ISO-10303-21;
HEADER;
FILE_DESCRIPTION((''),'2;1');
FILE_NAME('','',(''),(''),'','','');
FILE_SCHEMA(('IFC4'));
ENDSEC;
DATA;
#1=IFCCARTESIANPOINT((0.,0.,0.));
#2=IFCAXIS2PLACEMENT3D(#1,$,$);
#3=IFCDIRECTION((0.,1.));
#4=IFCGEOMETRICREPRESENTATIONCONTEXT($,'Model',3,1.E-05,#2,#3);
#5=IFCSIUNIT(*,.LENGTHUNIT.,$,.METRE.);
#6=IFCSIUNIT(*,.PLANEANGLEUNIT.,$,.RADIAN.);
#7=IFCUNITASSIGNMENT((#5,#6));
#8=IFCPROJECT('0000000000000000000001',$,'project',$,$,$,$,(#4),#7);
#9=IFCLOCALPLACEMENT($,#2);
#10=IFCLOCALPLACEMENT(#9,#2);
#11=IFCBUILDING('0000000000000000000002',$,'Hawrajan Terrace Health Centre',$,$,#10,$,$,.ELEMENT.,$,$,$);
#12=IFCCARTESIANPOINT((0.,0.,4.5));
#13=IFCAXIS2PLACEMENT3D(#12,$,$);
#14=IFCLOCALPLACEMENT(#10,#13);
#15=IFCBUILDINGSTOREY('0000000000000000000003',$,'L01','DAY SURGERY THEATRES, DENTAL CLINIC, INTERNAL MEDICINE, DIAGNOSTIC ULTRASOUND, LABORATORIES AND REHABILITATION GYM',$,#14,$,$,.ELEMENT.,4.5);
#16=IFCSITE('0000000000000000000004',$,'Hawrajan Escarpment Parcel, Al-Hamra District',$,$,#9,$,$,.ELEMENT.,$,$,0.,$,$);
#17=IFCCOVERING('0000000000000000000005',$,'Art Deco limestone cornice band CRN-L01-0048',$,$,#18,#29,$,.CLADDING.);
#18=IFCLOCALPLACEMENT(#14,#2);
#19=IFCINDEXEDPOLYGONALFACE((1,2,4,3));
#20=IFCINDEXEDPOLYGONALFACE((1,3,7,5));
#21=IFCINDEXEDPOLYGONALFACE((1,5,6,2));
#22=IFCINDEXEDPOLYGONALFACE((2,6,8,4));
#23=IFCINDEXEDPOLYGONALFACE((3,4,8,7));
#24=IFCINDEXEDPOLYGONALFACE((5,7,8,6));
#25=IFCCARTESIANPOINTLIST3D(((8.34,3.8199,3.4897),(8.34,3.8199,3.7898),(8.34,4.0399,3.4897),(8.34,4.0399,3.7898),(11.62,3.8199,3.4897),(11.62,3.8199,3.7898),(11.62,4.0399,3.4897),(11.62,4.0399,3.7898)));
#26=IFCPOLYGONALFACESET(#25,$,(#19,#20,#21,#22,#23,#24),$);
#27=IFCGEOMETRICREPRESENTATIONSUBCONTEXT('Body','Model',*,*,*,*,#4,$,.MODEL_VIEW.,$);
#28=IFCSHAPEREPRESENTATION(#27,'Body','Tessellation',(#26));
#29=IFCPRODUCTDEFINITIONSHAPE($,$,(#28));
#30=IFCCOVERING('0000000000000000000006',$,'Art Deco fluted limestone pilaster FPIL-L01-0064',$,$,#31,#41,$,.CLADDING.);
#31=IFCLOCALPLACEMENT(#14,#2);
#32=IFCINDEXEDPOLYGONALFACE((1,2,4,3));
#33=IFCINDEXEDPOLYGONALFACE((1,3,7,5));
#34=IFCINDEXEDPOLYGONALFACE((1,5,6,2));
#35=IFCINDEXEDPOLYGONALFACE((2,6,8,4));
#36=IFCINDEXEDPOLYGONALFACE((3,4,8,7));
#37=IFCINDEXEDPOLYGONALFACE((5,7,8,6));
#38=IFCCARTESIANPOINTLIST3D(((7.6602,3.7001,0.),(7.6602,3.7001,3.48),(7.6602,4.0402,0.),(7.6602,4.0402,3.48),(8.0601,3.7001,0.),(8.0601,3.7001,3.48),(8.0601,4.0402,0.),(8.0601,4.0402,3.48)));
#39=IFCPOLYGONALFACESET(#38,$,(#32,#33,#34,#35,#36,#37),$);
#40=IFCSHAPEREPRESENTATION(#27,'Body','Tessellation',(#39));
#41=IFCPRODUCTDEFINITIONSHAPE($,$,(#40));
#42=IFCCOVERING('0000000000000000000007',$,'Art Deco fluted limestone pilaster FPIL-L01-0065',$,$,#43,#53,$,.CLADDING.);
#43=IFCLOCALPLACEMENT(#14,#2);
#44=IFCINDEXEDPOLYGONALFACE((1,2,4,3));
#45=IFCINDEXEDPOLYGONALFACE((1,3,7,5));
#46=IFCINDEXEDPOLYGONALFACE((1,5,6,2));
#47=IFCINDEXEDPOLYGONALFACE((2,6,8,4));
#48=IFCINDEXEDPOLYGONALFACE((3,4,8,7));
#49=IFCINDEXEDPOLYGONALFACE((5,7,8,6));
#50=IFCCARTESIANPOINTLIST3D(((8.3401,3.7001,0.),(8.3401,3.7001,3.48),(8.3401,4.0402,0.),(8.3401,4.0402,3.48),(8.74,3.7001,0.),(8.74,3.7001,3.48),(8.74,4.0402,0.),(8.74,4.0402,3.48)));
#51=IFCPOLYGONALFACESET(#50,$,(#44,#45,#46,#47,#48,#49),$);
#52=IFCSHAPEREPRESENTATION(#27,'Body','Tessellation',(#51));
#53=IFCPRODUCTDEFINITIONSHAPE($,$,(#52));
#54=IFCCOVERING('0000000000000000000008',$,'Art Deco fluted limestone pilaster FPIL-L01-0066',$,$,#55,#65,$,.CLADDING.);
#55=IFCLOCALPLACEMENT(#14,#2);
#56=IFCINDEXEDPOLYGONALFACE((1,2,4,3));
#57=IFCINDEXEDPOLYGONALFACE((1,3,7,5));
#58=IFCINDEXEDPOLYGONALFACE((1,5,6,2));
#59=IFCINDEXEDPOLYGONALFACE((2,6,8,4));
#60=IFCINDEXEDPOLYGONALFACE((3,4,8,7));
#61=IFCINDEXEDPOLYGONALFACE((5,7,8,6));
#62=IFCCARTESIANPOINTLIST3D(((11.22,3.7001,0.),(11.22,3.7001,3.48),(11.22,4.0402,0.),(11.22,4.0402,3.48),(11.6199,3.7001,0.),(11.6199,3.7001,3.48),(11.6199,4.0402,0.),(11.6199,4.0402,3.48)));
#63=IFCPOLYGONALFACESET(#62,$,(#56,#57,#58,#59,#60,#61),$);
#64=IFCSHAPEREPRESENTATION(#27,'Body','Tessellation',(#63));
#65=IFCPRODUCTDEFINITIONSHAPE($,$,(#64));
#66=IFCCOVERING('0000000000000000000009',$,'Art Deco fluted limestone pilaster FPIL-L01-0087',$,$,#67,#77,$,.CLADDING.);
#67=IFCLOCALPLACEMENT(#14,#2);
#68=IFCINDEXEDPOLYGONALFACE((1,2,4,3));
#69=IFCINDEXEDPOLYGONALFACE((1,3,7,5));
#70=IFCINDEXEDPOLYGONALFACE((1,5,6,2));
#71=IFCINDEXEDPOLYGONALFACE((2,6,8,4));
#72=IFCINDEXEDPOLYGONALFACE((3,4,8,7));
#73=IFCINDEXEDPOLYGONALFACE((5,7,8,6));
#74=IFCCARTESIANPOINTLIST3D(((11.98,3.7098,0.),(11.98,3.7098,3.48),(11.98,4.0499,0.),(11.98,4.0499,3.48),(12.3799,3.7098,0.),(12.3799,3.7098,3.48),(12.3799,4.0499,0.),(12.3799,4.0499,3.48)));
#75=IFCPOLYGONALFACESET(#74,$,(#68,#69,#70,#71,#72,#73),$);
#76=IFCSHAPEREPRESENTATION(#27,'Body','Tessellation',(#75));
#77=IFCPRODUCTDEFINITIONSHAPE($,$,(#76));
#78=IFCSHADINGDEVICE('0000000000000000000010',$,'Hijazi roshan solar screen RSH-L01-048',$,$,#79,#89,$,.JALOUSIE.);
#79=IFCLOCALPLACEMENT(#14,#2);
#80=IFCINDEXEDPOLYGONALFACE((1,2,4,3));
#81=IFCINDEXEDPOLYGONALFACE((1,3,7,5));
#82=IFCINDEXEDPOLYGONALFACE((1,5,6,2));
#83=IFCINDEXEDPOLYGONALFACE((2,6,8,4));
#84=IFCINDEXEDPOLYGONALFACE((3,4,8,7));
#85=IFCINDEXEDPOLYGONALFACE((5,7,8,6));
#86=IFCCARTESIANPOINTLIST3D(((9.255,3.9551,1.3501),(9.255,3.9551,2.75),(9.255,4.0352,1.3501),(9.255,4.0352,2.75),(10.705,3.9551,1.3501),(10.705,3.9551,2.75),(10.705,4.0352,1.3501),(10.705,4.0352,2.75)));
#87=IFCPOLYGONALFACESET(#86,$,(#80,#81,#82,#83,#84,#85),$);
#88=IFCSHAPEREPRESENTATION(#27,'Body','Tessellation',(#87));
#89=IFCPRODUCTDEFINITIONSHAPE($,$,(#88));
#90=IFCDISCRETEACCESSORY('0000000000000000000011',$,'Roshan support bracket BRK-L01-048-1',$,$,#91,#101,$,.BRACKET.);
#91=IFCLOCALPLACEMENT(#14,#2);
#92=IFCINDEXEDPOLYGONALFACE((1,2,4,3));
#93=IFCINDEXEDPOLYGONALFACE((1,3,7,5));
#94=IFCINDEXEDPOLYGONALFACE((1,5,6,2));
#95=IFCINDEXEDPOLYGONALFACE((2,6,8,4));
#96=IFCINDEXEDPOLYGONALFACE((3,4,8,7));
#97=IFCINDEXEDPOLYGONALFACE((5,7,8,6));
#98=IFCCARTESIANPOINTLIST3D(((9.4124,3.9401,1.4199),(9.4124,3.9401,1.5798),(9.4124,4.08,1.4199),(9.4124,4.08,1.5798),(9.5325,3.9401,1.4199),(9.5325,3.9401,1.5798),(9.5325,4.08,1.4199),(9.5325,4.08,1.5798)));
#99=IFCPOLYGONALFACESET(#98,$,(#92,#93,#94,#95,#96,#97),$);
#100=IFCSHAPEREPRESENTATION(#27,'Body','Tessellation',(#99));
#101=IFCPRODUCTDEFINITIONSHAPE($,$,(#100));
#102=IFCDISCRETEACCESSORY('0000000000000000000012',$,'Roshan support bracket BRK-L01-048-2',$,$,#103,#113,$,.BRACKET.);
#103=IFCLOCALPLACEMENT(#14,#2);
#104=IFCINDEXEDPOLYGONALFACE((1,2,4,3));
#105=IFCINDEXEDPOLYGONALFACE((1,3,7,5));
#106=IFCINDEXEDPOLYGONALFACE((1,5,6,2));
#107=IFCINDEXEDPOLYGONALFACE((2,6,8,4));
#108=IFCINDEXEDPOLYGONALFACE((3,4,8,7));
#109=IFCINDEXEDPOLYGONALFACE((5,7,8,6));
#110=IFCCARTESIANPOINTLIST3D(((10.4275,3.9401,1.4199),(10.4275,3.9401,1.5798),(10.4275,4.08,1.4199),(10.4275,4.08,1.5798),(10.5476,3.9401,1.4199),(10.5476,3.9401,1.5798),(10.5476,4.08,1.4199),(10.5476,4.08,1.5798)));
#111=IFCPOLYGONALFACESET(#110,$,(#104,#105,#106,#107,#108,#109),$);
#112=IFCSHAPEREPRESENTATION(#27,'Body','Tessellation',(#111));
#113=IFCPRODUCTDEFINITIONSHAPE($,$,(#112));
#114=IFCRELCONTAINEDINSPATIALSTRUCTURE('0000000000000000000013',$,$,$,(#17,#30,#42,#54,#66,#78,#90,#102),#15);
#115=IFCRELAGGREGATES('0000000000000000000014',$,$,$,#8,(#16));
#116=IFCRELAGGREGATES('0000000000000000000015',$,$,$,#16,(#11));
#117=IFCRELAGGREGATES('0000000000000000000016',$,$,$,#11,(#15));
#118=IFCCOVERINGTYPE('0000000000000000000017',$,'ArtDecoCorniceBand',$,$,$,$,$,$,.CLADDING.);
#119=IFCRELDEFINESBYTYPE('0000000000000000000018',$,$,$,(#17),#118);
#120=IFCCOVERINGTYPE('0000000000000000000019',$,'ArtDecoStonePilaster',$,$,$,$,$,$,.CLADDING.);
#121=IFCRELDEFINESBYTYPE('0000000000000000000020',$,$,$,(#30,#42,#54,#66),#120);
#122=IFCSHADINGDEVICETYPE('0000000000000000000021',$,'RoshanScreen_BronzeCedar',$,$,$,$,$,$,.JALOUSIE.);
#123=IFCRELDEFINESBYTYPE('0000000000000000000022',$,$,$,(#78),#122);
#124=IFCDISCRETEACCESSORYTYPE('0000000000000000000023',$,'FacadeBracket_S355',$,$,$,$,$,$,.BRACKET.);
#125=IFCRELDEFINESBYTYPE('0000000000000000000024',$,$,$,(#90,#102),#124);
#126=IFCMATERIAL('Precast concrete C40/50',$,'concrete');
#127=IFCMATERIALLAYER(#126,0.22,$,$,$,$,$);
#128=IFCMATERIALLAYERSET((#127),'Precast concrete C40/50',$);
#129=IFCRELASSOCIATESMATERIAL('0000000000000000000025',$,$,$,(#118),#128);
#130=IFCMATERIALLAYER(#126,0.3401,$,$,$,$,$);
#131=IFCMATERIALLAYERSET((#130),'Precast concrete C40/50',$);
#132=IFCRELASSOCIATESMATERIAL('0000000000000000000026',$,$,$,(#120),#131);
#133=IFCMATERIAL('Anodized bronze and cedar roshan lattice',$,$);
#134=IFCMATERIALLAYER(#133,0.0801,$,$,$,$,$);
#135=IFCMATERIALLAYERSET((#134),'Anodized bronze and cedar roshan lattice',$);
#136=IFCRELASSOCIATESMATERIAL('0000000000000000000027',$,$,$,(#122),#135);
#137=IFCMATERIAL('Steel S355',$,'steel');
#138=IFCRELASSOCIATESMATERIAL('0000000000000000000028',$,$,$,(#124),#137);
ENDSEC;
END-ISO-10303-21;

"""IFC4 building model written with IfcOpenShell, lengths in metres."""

from ifc_helpers import new_model, si_unit, direction, frame, origin, origin_2d, place, context, subcontext, project, spatial, rectangle, extrude, material, layer, layer_set, type_object, element, save


model = new_model("IFC4")

# Units and contexts
model_context = context("Model", 3, precision=1e-05, world=origin(), true_north=direction((0.0, 1.0)))
body_context = subcontext(model_context, "Body", "Model", "MODEL_VIEW")
ifc_project = project(units=[si_unit("LENGTHUNIT", "METRE"), si_unit("PLANEANGLEUNIT", "RADIAN")], contexts=[model_context])

# Site, building, storey
site_placement = place(None, origin())
site = spatial("IfcSite", under=ifc_project, at=site_placement, Name="Hawrajan Escarpment Parcel, Al-Hamra District", CompositionType="ELEMENT", RefElevation=0.0)
building_placement = place(site_placement, origin())
building = spatial("IfcBuilding", under=site, at=building_placement, Name="Hawrajan Terrace Health Centre", CompositionType="ELEMENT")
storey_placement = place(building_placement, frame((0.0, 0.0, 4.5)))
storey = spatial("IfcBuildingStorey", under=building, at=storey_placement, Name="L01", Description="DAY SURGERY THEATRES, DENTAL CLINIC, INTERNAL MEDICINE, DIAGNOSTIC ULTRASOUND, LABORATORIES AND REHABILITATION GYM", CompositionType="ELEMENT", Elevation=4.5)

# Shared definitions
ifc_material_1 = material(Name="Steel S355", Category="steel")

# Shared definitions
ifc_material_2 = material(Name="Precast concrete C40/50", Category="concrete")

# Coverings
ifc_layer_1 = layer(ifc_material_2, 0.22)
ifc_layer_set_1 = layer_set([ifc_layer_1], Name="Precast concrete C40/50")
covering_type_1 = type_object("IfcCoveringType", Name="ArtDecoCorniceBand", PredefinedType="CLADDING", material=ifc_layer_set_1)
covering_placement = place(storey_placement, frame((9.98, 3.9299, 3.4897), z_axis=(0.0, 0.0, 1.0), x_axis=(1.0, 0.0, 0.0)))
element("IfcCovering", 1, at=covering_placement, inside=storey, type_object=covering_type_1, Name="Art Deco limestone cornice band CRN-L01-0048", PredefinedType="CLADDING", context=body_context, shape_type="SweptSolid", body=[
    extrude(rectangle(XDim=3.28, YDim=0.22, at=origin_2d()), origin(), (0.0, 0.0, 1.0), 0.3),
])
ifc_layer_2 = layer(ifc_material_2, 0.3401)
ifc_layer_set_2 = layer_set([ifc_layer_2], Name="Precast concrete C40/50")
covering_type_2 = type_object("IfcCoveringType", Name="ArtDecoStonePilaster", PredefinedType="CLADDING", material=ifc_layer_set_2)
for number, where, z_axis, x_axis, name in (
    (2, (7.8601, 3.8701, 0.0), (0.0, 0.0, 1.0), (1.0, 0.0, 0.0), "Art Deco fluted limestone pilaster FPIL-L01-0064"),
    (3, (8.54, 3.8701, 0.0), (0.0, 0.0, 1.0), (1.0, 0.0, 0.0), "Art Deco fluted limestone pilaster FPIL-L01-0065"),
    (4, (11.4199, 3.8701, 0.0), (0.0, 0.0, 1.0), (1.0, 0.0, 0.0), "Art Deco fluted limestone pilaster FPIL-L01-0066"),
    (5, (12.1799, 3.8799, 0.0), (0.0, 0.0, 1.0), (1.0, 0.0, 0.0), "Art Deco fluted limestone pilaster FPIL-L01-0087"),
):
    element("IfcCovering", number, at=place(storey_placement, frame(where, z_axis=z_axis, x_axis=x_axis)), inside=storey, type_object=covering_type_2, Name=name, PredefinedType="CLADDING", context=body_context, shape_type="SweptSolid", body=[
        extrude(rectangle(XDim=0.3999, YDim=0.3401, at=origin_2d()), origin(), (0.0, 0.0, 1.0), 3.48),
    ])

# Shading device
ifc_material_3 = material(Name="Anodized bronze and cedar roshan lattice")
ifc_layer_3 = layer(ifc_material_3, 0.0801)
ifc_layer_set_3 = layer_set([ifc_layer_3], Name="Anodized bronze and cedar roshan lattice")
shading_device_type = type_object("IfcShadingDeviceType", Name="RoshanScreen_BronzeCedar", PredefinedType="JALOUSIE", material=ifc_layer_set_3)
shading_device_placement = place(storey_placement, frame((9.98, 3.9951, 1.3501), z_axis=(0.0, 0.0, 1.0), x_axis=(1.0, 0.0, 0.0)))
element("IfcShadingDevice", 6, at=shading_device_placement, inside=storey, type_object=shading_device_type, Name="Hijazi roshan solar screen RSH-L01-048", PredefinedType="JALOUSIE", context=body_context, shape_type="SweptSolid", body=[
    extrude(rectangle(XDim=1.45, YDim=0.0801, at=origin_2d()), origin(), (0.0, 0.0, 1.0), 1.3999),
])

# Discrete accessories
discrete_accessory_type = type_object("IfcDiscreteAccessoryType", Name="FacadeBracket_S355", PredefinedType="BRACKET", material=ifc_material_1)
for number, where, z_axis, x_axis, name in (
    (7, (9.4724, 4.01, 1.4199), (0.0, 0.0, 1.0), (1.0, 0.0, 0.0), "Roshan support bracket BRK-L01-048-1"),
    (8, (10.4875, 4.01, 1.4199), (0.0, 0.0, 1.0), (1.0, 0.0, 0.0), "Roshan support bracket BRK-L01-048-2"),
):
    element("IfcDiscreteAccessory", number, at=place(storey_placement, frame(where, z_axis=z_axis, x_axis=x_axis)), inside=storey, type_object=discrete_accessory_type, Name=name, PredefinedType="BRACKET", context=body_context, shape_type="SweptSolid", body=[
        extrude(rectangle(XDim=0.1201, YDim=0.1399, at=origin_2d()), origin(), (0.0, 0.0, 1.0), 0.1599),
    ])

save(model, "model.ifc")
